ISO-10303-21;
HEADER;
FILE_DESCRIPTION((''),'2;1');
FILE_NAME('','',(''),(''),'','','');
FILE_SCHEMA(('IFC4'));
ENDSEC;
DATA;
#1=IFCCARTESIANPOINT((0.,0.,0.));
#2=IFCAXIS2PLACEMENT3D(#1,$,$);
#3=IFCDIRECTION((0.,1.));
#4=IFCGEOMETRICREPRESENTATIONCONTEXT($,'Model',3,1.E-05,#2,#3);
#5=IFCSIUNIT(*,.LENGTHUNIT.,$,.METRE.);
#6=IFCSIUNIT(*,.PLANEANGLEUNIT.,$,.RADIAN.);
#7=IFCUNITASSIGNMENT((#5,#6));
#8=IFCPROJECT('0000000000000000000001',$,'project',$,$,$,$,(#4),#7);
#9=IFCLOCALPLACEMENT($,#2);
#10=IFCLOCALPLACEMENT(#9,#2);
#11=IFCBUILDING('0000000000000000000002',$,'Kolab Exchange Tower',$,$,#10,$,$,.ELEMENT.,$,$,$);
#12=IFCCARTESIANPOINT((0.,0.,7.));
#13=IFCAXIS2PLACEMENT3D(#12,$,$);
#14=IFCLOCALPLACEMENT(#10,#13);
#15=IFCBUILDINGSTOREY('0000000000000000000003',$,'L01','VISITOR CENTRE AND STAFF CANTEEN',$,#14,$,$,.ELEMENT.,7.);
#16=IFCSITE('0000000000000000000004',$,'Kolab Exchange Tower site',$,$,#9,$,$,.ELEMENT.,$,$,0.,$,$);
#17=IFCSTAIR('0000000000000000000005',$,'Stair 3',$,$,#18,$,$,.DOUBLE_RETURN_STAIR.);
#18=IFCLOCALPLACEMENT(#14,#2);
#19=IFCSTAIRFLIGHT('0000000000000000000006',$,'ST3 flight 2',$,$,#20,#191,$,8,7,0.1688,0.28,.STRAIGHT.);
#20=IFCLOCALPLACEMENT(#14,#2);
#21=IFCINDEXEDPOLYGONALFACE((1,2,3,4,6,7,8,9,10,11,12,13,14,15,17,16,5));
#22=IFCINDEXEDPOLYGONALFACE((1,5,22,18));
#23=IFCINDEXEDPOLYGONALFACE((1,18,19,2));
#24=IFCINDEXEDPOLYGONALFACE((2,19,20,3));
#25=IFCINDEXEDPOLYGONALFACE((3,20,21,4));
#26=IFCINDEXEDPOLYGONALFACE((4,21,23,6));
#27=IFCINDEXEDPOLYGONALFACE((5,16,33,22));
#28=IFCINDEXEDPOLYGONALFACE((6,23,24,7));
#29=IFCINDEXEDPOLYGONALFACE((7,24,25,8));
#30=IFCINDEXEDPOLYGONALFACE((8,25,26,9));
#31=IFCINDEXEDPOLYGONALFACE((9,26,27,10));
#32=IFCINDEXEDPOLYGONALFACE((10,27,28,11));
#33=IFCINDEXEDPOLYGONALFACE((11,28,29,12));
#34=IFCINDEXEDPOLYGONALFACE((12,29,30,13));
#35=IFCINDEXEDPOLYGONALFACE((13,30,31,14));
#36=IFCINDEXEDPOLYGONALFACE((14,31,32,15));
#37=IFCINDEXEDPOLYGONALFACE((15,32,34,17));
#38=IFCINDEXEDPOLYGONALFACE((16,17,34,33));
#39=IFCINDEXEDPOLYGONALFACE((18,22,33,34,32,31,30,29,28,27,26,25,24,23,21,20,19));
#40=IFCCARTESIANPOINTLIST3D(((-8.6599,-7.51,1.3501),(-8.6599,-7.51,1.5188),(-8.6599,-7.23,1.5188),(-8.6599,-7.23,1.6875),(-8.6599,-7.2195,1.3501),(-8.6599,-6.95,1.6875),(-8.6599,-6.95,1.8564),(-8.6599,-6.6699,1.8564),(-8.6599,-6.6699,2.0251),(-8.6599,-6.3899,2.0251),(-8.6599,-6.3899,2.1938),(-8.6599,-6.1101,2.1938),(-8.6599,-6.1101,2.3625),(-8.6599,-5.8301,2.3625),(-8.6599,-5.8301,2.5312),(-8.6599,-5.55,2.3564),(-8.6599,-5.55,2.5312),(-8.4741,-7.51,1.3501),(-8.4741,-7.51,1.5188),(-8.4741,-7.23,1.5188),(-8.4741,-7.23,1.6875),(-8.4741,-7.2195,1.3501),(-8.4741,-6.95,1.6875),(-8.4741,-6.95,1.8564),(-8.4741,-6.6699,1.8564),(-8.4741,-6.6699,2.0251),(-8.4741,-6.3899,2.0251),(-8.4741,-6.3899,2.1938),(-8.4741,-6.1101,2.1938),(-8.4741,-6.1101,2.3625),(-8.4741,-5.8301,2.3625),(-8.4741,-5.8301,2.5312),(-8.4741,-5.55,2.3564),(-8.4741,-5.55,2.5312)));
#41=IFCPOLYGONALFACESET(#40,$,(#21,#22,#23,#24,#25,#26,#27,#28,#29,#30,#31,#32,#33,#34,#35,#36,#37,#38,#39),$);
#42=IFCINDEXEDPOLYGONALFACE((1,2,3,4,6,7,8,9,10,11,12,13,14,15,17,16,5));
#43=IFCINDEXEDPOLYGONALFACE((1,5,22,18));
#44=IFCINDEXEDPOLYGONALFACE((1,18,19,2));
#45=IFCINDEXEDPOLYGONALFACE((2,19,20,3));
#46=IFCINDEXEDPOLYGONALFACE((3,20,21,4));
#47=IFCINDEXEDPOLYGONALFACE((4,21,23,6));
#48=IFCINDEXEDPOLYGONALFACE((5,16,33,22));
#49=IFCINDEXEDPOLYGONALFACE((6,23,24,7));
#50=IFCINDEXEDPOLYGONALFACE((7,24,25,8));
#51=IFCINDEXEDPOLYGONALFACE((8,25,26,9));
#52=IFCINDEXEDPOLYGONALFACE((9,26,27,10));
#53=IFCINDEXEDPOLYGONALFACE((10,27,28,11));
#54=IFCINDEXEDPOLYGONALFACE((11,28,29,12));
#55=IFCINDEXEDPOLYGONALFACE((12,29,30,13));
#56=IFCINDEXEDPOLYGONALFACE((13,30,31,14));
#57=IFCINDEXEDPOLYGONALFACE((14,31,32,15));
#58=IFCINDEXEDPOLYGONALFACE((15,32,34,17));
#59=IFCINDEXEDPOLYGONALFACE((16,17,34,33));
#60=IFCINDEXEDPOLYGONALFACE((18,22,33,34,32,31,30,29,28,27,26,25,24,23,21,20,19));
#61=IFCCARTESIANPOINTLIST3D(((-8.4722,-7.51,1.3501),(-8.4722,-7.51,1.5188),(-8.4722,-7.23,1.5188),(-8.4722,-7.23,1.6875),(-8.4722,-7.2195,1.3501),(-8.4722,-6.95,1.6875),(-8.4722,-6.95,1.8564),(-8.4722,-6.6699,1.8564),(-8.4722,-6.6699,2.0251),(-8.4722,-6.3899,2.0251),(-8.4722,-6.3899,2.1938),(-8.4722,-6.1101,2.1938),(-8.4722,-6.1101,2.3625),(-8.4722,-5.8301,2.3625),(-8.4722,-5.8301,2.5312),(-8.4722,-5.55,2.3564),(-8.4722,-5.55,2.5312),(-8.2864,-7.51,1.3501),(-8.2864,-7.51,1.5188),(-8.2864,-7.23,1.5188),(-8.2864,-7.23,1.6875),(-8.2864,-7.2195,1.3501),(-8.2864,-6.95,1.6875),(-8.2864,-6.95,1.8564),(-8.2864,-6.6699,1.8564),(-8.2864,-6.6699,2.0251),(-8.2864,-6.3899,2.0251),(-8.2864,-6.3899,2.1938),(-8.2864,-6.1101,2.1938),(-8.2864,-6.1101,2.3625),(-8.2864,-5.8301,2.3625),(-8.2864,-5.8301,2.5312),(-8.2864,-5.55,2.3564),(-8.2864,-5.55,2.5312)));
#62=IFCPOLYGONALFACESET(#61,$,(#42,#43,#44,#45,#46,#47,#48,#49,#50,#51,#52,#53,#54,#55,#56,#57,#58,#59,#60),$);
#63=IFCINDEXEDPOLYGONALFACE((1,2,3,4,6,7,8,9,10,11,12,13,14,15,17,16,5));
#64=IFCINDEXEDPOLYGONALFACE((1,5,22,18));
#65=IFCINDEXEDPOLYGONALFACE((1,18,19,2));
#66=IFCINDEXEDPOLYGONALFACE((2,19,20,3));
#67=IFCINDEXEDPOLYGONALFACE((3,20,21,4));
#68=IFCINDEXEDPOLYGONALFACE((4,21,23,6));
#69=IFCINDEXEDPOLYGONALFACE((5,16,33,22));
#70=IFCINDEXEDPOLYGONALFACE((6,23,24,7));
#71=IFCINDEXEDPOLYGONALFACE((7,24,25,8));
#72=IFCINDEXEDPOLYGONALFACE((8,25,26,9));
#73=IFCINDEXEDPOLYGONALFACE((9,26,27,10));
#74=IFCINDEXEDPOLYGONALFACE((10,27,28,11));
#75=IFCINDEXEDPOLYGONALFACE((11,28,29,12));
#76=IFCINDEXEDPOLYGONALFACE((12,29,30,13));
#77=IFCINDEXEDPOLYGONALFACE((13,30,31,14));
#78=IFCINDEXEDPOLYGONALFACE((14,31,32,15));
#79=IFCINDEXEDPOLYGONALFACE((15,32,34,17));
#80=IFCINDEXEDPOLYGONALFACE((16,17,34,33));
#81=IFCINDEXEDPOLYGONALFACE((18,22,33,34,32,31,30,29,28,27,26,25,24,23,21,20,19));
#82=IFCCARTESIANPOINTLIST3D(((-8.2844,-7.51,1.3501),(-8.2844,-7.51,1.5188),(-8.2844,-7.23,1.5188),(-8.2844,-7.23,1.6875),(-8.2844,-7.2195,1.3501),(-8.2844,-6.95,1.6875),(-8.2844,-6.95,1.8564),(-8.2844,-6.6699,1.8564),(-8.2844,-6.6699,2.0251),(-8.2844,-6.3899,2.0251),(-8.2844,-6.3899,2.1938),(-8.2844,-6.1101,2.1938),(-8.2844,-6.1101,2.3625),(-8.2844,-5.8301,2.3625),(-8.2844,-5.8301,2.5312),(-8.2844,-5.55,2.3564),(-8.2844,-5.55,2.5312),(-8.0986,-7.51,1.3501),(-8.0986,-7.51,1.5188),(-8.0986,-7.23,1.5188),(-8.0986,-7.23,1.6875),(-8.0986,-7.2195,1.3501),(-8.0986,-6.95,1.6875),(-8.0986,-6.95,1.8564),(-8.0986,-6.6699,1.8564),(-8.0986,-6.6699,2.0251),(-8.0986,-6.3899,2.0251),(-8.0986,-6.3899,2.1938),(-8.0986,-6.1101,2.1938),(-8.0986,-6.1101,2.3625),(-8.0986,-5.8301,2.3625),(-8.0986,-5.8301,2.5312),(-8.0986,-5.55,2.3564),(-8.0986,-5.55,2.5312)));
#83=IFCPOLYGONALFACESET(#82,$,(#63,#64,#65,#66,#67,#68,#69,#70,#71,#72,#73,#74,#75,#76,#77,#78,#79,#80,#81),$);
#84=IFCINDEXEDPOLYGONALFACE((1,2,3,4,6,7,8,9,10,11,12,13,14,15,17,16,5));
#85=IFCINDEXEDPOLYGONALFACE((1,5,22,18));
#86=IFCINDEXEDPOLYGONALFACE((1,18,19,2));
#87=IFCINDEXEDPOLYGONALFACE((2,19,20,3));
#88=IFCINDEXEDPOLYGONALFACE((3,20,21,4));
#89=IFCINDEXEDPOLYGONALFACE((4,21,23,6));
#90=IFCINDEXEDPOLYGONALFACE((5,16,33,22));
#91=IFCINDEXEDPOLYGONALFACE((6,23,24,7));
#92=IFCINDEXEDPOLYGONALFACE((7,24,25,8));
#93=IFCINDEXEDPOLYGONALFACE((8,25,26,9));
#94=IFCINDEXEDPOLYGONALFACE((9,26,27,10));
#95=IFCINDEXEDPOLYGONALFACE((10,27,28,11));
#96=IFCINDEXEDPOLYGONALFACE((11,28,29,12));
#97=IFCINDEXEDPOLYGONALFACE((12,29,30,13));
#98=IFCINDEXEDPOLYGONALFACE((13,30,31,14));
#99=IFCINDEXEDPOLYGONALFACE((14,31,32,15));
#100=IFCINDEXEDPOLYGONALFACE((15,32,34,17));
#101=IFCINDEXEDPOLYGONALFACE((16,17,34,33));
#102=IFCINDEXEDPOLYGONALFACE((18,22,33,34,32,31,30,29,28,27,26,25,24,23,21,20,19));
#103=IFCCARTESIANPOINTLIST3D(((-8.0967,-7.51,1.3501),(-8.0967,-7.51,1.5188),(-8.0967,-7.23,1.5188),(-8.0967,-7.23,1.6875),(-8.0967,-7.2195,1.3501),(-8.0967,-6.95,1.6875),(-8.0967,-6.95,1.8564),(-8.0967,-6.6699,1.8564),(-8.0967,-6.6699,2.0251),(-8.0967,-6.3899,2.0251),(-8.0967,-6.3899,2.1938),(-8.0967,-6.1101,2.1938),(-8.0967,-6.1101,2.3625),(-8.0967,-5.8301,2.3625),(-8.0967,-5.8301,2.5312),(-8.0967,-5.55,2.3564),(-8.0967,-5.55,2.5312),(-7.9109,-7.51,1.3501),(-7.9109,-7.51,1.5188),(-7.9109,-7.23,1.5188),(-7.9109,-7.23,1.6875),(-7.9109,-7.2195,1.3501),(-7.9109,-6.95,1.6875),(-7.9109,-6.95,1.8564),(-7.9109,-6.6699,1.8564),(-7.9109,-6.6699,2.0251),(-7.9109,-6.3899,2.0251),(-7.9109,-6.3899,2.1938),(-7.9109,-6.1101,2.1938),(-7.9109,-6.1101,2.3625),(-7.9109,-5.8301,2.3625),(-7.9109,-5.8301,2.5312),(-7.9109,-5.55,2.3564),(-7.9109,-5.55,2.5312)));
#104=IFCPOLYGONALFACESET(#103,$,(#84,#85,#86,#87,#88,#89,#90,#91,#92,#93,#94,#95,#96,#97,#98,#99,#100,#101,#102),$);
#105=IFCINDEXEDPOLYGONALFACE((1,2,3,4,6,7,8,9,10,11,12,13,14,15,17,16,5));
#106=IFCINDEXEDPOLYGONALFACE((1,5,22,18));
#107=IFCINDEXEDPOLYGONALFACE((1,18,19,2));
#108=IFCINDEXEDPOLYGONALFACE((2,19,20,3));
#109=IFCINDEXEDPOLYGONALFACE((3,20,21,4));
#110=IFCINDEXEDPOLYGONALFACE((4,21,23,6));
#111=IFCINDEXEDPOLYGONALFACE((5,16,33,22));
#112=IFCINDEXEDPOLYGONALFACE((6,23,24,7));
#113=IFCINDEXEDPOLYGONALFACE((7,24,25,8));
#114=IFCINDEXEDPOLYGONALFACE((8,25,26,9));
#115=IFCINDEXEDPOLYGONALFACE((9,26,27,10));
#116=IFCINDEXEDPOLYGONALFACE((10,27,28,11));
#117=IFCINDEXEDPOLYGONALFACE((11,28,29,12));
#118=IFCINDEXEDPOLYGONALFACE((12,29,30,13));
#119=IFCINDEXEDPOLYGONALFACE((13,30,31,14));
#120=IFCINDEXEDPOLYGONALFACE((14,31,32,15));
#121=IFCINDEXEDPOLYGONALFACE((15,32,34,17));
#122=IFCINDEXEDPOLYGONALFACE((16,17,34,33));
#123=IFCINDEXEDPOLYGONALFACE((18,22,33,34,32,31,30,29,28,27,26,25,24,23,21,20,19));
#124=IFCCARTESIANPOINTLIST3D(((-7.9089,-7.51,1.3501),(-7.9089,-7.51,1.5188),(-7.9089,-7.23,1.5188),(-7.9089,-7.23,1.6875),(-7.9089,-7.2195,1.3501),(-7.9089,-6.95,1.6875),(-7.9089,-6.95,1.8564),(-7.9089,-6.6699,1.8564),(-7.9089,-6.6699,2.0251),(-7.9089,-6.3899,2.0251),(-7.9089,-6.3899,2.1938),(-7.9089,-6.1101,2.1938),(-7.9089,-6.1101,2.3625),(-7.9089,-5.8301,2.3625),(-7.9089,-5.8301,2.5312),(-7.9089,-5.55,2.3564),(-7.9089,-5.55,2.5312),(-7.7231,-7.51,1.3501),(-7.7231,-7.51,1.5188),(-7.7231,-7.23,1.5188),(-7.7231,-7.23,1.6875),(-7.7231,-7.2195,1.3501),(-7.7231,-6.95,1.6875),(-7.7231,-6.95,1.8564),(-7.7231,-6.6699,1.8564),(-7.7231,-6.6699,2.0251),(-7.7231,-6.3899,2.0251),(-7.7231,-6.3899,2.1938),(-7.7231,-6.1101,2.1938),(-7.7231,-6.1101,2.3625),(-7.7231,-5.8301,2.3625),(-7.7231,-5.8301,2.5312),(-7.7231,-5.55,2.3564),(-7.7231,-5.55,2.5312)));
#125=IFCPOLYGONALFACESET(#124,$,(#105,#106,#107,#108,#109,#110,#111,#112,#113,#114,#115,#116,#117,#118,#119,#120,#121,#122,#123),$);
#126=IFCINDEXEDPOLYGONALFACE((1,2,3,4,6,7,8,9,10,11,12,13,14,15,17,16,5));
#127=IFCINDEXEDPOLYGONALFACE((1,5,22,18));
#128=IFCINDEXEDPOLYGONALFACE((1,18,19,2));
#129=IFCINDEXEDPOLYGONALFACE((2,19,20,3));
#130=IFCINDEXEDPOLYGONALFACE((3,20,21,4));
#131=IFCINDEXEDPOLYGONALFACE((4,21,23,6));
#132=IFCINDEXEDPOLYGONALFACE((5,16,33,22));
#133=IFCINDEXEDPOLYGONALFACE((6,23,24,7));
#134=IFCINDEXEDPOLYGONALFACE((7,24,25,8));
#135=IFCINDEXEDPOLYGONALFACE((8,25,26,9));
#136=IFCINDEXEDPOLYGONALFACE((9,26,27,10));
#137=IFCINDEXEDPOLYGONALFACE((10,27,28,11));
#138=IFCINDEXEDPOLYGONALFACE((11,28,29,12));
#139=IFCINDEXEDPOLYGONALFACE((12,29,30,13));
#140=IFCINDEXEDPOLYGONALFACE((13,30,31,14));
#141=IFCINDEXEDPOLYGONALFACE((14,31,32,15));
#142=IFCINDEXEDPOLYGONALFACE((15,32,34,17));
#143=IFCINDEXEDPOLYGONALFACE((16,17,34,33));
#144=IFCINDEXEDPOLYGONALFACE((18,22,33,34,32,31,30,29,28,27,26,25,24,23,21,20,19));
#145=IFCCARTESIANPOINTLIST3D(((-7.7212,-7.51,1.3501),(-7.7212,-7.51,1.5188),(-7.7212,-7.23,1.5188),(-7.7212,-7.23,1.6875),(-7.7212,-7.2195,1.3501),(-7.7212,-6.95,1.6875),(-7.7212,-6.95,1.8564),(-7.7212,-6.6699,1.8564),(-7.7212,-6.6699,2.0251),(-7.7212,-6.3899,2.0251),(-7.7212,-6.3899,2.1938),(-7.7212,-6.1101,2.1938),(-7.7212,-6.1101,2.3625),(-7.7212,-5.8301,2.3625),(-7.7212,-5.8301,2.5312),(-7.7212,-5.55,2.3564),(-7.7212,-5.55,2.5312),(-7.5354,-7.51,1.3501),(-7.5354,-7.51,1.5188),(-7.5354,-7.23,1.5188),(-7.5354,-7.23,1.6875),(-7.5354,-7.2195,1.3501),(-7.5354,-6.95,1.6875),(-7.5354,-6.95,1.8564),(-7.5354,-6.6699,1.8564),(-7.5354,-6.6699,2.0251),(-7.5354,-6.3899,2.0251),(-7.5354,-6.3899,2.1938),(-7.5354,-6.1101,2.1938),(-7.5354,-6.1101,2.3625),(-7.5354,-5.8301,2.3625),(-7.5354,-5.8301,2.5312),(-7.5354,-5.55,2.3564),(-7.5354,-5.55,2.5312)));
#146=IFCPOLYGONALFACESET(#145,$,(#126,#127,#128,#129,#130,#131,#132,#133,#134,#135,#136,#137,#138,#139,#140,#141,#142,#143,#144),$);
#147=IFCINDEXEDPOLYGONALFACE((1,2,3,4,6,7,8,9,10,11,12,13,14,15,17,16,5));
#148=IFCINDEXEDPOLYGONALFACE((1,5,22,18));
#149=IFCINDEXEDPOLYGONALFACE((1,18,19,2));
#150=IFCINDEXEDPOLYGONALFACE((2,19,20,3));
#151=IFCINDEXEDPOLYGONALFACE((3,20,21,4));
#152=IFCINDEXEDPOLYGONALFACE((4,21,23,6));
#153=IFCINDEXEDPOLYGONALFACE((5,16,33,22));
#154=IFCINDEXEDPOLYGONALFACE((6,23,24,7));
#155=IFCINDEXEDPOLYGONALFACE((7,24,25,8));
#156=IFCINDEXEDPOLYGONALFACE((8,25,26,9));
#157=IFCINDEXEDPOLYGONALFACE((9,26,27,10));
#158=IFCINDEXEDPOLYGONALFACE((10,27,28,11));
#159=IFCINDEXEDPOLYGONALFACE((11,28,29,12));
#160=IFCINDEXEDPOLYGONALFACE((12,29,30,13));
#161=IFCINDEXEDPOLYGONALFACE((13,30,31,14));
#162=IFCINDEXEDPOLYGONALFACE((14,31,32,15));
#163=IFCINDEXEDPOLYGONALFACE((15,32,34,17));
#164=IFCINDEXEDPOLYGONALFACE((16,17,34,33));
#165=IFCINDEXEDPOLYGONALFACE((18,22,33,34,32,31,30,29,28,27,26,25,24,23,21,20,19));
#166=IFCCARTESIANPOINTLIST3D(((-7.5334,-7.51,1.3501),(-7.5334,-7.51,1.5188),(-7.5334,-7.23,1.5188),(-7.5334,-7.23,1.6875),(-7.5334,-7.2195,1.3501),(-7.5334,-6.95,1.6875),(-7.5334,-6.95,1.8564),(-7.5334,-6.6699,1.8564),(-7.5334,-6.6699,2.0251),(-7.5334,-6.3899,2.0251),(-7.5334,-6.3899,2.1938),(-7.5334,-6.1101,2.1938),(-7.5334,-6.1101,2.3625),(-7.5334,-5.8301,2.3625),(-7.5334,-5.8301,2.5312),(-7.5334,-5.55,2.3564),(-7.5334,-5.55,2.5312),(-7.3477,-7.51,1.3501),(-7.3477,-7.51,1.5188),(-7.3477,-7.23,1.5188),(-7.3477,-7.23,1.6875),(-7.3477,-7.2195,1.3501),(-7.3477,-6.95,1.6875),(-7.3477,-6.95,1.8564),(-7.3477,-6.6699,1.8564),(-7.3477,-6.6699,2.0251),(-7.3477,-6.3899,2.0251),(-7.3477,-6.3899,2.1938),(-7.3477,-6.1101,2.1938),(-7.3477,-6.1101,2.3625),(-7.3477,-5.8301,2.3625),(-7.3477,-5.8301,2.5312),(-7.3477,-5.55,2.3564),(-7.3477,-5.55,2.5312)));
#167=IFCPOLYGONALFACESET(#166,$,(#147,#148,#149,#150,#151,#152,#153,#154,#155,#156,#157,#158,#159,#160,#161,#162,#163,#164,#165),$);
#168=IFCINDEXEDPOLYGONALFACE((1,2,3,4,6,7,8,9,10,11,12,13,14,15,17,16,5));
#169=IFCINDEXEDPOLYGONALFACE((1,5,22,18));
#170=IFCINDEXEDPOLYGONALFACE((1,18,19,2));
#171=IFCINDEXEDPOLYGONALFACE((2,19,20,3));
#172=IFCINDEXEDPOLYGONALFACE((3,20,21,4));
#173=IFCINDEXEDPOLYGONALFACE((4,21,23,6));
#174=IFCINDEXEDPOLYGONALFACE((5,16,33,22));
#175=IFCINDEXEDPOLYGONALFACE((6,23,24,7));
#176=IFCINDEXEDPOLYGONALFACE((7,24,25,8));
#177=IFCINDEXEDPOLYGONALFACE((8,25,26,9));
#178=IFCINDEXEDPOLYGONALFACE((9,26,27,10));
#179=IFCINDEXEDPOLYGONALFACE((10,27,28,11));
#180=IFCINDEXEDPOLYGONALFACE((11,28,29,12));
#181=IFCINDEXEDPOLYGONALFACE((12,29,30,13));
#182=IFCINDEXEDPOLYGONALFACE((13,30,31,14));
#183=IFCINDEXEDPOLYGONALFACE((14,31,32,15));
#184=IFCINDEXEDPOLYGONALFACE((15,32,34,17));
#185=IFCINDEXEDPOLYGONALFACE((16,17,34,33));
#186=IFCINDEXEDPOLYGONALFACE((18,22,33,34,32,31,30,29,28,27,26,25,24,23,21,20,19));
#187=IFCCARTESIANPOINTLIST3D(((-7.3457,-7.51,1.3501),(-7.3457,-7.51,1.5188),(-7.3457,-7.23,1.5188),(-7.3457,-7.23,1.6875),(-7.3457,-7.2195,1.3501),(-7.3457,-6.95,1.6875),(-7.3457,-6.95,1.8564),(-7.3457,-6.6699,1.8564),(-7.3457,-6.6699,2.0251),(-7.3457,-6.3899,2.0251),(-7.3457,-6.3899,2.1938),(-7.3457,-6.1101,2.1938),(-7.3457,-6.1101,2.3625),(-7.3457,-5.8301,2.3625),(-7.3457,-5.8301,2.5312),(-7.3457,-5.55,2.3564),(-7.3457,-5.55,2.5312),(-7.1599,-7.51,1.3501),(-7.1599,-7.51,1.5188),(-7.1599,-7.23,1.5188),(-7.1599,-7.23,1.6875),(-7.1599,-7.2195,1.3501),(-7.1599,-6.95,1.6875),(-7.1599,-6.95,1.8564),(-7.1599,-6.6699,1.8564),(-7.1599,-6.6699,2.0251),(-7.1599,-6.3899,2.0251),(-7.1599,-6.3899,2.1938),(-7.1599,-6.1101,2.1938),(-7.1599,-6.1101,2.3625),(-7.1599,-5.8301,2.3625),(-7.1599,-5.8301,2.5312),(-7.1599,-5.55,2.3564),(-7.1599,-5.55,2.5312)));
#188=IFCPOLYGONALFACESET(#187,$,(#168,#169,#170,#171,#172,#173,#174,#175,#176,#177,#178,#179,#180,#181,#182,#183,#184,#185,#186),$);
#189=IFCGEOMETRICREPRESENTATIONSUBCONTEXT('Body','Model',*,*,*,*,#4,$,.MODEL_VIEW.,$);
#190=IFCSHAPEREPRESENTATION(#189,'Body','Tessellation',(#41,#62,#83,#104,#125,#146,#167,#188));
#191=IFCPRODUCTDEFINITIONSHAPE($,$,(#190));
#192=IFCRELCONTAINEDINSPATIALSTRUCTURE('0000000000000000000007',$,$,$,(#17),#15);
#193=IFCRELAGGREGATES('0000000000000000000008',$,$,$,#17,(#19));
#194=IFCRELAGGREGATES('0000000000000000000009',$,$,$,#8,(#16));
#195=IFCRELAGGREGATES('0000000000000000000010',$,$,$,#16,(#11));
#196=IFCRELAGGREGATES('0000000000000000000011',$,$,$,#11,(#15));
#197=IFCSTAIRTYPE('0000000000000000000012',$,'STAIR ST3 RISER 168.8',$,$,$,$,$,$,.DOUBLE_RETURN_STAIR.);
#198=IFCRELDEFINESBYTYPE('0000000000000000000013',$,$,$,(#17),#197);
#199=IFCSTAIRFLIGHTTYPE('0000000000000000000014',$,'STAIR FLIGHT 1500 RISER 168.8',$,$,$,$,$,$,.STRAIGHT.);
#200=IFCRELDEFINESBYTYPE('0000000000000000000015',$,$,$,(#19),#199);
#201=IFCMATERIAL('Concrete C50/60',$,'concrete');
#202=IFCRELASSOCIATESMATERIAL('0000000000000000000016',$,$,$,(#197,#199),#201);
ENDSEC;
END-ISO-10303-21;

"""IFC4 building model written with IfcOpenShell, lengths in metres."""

from ifc_helpers import new_model, si_unit, direction, frame, origin, place, context, subcontext, project, spatial, polyline, outline, extrude, material, type_object, element, aggregate, save


model = new_model("IFC4")

# Units and contexts
model_context = context("Model", 3, precision=1e-05, world=origin(), true_north=direction((0.0, 1.0)))
body_context = subcontext(model_context, "Body", "Model", "MODEL_VIEW")
ifc_project = project(units=[si_unit("LENGTHUNIT", "METRE"), si_unit("PLANEANGLEUNIT", "RADIAN")], contexts=[model_context])

# Site, building, storey
site_placement = place(None, origin())
site = spatial("IfcSite", under=ifc_project, at=site_placement, Name="Kolab Exchange Tower site", CompositionType="ELEMENT", RefElevation=0.0)
building_placement = place(site_placement, origin())
building = spatial("IfcBuilding", under=site, at=building_placement, Name="Kolab Exchange Tower", CompositionType="ELEMENT")
storey_placement = place(building_placement, frame((0.0, 0.0, 7.0)))
storey = spatial("IfcBuildingStorey", under=building, at=storey_placement, Name="L01", Description="VISITOR CENTRE AND STAFF CANTEEN", CompositionType="ELEMENT", Elevation=7.0)

# Shared definitions
ifc_material_1 = material(Name="Concrete C50/60", Category="concrete")

# Stair, stair flight
stair_type = type_object("IfcStairType", Name="STAIR ST3 RISER 168.8", PredefinedType="DOUBLE_RETURN_STAIR", material=ifc_material_1)
stair_placement = place(storey_placement, origin())
stair = element("IfcStair", 1, at=stair_placement, inside=storey, type_object=stair_type, Name="Stair 3", PredefinedType="DOUBLE_RETURN_STAIR")
stair_flight_type = type_object("IfcStairFlightType", Name="STAIR FLIGHT 1500 RISER 168.8", PredefinedType="STRAIGHT", material=ifc_material_1)
stair_flight_placement = place(storey_placement, frame((-7.9099, -7.51, 1.3501), z_axis=(0.0, 0.0, 1.0), x_axis=(0.0, 1.0, 0.0)))
stair_flight = element("IfcStairFlight", 2, at=stair_flight_placement, type_object=stair_flight_type, Name="ST3 flight 2", NumberOfRisers=8, NumberOfTreads=7, PredefinedType="STRAIGHT", RiserHeight=0.1688, TreadLength=0.28, context=body_context, shape_type="SweptSolid", body=[
    extrude(outline(polyline([(0.0, 0.0), (0.0, 0.1687), (0.28, 0.1687), (0.28, 0.3374), (0.5601, 0.3374), (0.5601, 0.5063), (0.8401, 0.5063), (0.8401, 0.675), (1.1201, 0.675), (1.1201, 0.8438), (1.3999, 0.8438), (1.3999, 1.0125), (1.6799, 1.0125), (1.6799, 1.1812), (1.96, 1.1812), (1.96, 1.3501), (1.96, 1.0063), (0.2905, 0.0), (0.0, 0.0)])), frame((0.0, 0.75, 0.0), z_axis=(0.0, -1.0, 0.0), x_axis=(1.0, 0.0, 0.0)), (0.0, 0.0, 1.0), 0.1858),
    extrude(outline(polyline([(0.0, 0.0), (0.0, 0.1687), (0.28, 0.1687), (0.28, 0.3374), (0.5601, 0.3374), (0.5601, 0.5063), (0.8401, 0.5063), (0.8401, 0.675), (1.1201, 0.675), (1.1201, 0.8438), (1.3999, 0.8438), (1.3999, 1.0125), (1.6799, 1.0125), (1.6799, 1.1812), (1.96, 1.1812), (1.96, 1.3501), (1.96, 1.0063), (0.2905, 0.0), (0.0, 0.0)])), frame((0.0, 0.5623, 0.0), z_axis=(0.0, -1.0, 0.0), x_axis=(1.0, 0.0, 0.0)), (0.0, 0.0, 1.0), 0.1858),
    extrude(outline(polyline([(0.0, 0.0), (0.0, 0.1687), (0.28, 0.1687), (0.28, 0.3374), (0.5601, 0.3374), (0.5601, 0.5063), (0.8401, 0.5063), (0.8401, 0.675), (1.1201, 0.675), (1.1201, 0.8438), (1.3999, 0.8438), (1.3999, 1.0125), (1.6799, 1.0125), (1.6799, 1.1812), (1.96, 1.1812), (1.96, 1.3501), (1.96, 1.0063), (0.2905, 0.0), (0.0, 0.0)])), frame((0.0, 0.3745, 0.0), z_axis=(0.0, -1.0, 0.0), x_axis=(1.0, 0.0, 0.0)), (0.0, 0.0, 1.0), 0.1858),
    extrude(outline(polyline([(0.0, 0.0), (0.0, 0.1687), (0.28, 0.1687), (0.28, 0.3374), (0.5601, 0.3374), (0.5601, 0.5063), (0.8401, 0.5063), (0.8401, 0.675), (1.1201, 0.675), (1.1201, 0.8438), (1.3999, 0.8438), (1.3999, 1.0125), (1.6799, 1.0125), (1.6799, 1.1812), (1.96, 1.1812), (1.96, 1.3501), (1.96, 1.0063), (0.2905, 0.0), (0.0, 0.0)])), frame((0.0, 0.1868, 0.0), z_axis=(0.0, -1.0, 0.0), x_axis=(1.0, 0.0, 0.0)), (0.0, 0.0, 1.0), 0.1858),
    extrude(outline(polyline([(0.0, 0.0), (0.0, 0.1687), (0.28, 0.1687), (0.28, 0.3374), (0.5601, 0.3374), (0.5601, 0.5063), (0.8401, 0.5063), (0.8401, 0.675), (1.1201, 0.675), (1.1201, 0.8438), (1.3999, 0.8438), (1.3999, 1.0125), (1.6799, 1.0125), (1.6799, 1.1812), (1.96, 1.1812), (1.96, 1.3501), (1.96, 1.0063), (0.2905, 0.0), (0.0, 0.0)])), frame((0.0, -0.001, 0.0), z_axis=(0.0, -1.0, 0.0), x_axis=(1.0, 0.0, 0.0)), (0.0, 0.0, 1.0), 0.1858),
    extrude(outline(polyline([(0.0, 0.0), (0.0, 0.1687), (0.28, 0.1687), (0.28, 0.3374), (0.5601, 0.3374), (0.5601, 0.5063), (0.8401, 0.5063), (0.8401, 0.675), (1.1201, 0.675), (1.1201, 0.8438), (1.3999, 0.8438), (1.3999, 1.0125), (1.6799, 1.0125), (1.6799, 1.1812), (1.96, 1.1812), (1.96, 1.3501), (1.96, 1.0063), (0.2905, 0.0), (0.0, 0.0)])), frame((0.0, -0.1887, 0.0), z_axis=(0.0, -1.0, 0.0), x_axis=(1.0, 0.0, 0.0)), (0.0, 0.0, 1.0), 0.1858),
    extrude(outline(polyline([(0.0, 0.0), (0.0, 0.1687), (0.28, 0.1687), (0.28, 0.3374), (0.5601, 0.3374), (0.5601, 0.5063), (0.8401, 0.5063), (0.8401, 0.675), (1.1201, 0.675), (1.1201, 0.8438), (1.3999, 0.8438), (1.3999, 1.0125), (1.6799, 1.0125), (1.6799, 1.1812), (1.96, 1.1812), (1.96, 1.3501), (1.96, 1.0063), (0.2905, 0.0), (0.0, 0.0)])), frame((0.0, -0.3765, 0.0), z_axis=(0.0, -1.0, 0.0), x_axis=(1.0, 0.0, 0.0)), (0.0, 0.0, 1.0), 0.1858),
    extrude(outline(polyline([(0.0, 0.0), (0.0, 0.1687), (0.28, 0.1687), (0.28, 0.3374), (0.5601, 0.3374), (0.5601, 0.5063), (0.8401, 0.5063), (0.8401, 0.675), (1.1201, 0.675), (1.1201, 0.8438), (1.3999, 0.8438), (1.3999, 1.0125), (1.6799, 1.0125), (1.6799, 1.1812), (1.96, 1.1812), (1.96, 1.3501), (1.96, 1.0063), (0.2905, 0.0), (0.0, 0.0)])), frame((0.0, -0.5642, 0.0), z_axis=(0.0, -1.0, 0.0), x_axis=(1.0, 0.0, 0.0)), (0.0, 0.0, 1.0), 0.1858),
])
aggregate(stair, [stair_flight])

save(model, "model.ifc")
